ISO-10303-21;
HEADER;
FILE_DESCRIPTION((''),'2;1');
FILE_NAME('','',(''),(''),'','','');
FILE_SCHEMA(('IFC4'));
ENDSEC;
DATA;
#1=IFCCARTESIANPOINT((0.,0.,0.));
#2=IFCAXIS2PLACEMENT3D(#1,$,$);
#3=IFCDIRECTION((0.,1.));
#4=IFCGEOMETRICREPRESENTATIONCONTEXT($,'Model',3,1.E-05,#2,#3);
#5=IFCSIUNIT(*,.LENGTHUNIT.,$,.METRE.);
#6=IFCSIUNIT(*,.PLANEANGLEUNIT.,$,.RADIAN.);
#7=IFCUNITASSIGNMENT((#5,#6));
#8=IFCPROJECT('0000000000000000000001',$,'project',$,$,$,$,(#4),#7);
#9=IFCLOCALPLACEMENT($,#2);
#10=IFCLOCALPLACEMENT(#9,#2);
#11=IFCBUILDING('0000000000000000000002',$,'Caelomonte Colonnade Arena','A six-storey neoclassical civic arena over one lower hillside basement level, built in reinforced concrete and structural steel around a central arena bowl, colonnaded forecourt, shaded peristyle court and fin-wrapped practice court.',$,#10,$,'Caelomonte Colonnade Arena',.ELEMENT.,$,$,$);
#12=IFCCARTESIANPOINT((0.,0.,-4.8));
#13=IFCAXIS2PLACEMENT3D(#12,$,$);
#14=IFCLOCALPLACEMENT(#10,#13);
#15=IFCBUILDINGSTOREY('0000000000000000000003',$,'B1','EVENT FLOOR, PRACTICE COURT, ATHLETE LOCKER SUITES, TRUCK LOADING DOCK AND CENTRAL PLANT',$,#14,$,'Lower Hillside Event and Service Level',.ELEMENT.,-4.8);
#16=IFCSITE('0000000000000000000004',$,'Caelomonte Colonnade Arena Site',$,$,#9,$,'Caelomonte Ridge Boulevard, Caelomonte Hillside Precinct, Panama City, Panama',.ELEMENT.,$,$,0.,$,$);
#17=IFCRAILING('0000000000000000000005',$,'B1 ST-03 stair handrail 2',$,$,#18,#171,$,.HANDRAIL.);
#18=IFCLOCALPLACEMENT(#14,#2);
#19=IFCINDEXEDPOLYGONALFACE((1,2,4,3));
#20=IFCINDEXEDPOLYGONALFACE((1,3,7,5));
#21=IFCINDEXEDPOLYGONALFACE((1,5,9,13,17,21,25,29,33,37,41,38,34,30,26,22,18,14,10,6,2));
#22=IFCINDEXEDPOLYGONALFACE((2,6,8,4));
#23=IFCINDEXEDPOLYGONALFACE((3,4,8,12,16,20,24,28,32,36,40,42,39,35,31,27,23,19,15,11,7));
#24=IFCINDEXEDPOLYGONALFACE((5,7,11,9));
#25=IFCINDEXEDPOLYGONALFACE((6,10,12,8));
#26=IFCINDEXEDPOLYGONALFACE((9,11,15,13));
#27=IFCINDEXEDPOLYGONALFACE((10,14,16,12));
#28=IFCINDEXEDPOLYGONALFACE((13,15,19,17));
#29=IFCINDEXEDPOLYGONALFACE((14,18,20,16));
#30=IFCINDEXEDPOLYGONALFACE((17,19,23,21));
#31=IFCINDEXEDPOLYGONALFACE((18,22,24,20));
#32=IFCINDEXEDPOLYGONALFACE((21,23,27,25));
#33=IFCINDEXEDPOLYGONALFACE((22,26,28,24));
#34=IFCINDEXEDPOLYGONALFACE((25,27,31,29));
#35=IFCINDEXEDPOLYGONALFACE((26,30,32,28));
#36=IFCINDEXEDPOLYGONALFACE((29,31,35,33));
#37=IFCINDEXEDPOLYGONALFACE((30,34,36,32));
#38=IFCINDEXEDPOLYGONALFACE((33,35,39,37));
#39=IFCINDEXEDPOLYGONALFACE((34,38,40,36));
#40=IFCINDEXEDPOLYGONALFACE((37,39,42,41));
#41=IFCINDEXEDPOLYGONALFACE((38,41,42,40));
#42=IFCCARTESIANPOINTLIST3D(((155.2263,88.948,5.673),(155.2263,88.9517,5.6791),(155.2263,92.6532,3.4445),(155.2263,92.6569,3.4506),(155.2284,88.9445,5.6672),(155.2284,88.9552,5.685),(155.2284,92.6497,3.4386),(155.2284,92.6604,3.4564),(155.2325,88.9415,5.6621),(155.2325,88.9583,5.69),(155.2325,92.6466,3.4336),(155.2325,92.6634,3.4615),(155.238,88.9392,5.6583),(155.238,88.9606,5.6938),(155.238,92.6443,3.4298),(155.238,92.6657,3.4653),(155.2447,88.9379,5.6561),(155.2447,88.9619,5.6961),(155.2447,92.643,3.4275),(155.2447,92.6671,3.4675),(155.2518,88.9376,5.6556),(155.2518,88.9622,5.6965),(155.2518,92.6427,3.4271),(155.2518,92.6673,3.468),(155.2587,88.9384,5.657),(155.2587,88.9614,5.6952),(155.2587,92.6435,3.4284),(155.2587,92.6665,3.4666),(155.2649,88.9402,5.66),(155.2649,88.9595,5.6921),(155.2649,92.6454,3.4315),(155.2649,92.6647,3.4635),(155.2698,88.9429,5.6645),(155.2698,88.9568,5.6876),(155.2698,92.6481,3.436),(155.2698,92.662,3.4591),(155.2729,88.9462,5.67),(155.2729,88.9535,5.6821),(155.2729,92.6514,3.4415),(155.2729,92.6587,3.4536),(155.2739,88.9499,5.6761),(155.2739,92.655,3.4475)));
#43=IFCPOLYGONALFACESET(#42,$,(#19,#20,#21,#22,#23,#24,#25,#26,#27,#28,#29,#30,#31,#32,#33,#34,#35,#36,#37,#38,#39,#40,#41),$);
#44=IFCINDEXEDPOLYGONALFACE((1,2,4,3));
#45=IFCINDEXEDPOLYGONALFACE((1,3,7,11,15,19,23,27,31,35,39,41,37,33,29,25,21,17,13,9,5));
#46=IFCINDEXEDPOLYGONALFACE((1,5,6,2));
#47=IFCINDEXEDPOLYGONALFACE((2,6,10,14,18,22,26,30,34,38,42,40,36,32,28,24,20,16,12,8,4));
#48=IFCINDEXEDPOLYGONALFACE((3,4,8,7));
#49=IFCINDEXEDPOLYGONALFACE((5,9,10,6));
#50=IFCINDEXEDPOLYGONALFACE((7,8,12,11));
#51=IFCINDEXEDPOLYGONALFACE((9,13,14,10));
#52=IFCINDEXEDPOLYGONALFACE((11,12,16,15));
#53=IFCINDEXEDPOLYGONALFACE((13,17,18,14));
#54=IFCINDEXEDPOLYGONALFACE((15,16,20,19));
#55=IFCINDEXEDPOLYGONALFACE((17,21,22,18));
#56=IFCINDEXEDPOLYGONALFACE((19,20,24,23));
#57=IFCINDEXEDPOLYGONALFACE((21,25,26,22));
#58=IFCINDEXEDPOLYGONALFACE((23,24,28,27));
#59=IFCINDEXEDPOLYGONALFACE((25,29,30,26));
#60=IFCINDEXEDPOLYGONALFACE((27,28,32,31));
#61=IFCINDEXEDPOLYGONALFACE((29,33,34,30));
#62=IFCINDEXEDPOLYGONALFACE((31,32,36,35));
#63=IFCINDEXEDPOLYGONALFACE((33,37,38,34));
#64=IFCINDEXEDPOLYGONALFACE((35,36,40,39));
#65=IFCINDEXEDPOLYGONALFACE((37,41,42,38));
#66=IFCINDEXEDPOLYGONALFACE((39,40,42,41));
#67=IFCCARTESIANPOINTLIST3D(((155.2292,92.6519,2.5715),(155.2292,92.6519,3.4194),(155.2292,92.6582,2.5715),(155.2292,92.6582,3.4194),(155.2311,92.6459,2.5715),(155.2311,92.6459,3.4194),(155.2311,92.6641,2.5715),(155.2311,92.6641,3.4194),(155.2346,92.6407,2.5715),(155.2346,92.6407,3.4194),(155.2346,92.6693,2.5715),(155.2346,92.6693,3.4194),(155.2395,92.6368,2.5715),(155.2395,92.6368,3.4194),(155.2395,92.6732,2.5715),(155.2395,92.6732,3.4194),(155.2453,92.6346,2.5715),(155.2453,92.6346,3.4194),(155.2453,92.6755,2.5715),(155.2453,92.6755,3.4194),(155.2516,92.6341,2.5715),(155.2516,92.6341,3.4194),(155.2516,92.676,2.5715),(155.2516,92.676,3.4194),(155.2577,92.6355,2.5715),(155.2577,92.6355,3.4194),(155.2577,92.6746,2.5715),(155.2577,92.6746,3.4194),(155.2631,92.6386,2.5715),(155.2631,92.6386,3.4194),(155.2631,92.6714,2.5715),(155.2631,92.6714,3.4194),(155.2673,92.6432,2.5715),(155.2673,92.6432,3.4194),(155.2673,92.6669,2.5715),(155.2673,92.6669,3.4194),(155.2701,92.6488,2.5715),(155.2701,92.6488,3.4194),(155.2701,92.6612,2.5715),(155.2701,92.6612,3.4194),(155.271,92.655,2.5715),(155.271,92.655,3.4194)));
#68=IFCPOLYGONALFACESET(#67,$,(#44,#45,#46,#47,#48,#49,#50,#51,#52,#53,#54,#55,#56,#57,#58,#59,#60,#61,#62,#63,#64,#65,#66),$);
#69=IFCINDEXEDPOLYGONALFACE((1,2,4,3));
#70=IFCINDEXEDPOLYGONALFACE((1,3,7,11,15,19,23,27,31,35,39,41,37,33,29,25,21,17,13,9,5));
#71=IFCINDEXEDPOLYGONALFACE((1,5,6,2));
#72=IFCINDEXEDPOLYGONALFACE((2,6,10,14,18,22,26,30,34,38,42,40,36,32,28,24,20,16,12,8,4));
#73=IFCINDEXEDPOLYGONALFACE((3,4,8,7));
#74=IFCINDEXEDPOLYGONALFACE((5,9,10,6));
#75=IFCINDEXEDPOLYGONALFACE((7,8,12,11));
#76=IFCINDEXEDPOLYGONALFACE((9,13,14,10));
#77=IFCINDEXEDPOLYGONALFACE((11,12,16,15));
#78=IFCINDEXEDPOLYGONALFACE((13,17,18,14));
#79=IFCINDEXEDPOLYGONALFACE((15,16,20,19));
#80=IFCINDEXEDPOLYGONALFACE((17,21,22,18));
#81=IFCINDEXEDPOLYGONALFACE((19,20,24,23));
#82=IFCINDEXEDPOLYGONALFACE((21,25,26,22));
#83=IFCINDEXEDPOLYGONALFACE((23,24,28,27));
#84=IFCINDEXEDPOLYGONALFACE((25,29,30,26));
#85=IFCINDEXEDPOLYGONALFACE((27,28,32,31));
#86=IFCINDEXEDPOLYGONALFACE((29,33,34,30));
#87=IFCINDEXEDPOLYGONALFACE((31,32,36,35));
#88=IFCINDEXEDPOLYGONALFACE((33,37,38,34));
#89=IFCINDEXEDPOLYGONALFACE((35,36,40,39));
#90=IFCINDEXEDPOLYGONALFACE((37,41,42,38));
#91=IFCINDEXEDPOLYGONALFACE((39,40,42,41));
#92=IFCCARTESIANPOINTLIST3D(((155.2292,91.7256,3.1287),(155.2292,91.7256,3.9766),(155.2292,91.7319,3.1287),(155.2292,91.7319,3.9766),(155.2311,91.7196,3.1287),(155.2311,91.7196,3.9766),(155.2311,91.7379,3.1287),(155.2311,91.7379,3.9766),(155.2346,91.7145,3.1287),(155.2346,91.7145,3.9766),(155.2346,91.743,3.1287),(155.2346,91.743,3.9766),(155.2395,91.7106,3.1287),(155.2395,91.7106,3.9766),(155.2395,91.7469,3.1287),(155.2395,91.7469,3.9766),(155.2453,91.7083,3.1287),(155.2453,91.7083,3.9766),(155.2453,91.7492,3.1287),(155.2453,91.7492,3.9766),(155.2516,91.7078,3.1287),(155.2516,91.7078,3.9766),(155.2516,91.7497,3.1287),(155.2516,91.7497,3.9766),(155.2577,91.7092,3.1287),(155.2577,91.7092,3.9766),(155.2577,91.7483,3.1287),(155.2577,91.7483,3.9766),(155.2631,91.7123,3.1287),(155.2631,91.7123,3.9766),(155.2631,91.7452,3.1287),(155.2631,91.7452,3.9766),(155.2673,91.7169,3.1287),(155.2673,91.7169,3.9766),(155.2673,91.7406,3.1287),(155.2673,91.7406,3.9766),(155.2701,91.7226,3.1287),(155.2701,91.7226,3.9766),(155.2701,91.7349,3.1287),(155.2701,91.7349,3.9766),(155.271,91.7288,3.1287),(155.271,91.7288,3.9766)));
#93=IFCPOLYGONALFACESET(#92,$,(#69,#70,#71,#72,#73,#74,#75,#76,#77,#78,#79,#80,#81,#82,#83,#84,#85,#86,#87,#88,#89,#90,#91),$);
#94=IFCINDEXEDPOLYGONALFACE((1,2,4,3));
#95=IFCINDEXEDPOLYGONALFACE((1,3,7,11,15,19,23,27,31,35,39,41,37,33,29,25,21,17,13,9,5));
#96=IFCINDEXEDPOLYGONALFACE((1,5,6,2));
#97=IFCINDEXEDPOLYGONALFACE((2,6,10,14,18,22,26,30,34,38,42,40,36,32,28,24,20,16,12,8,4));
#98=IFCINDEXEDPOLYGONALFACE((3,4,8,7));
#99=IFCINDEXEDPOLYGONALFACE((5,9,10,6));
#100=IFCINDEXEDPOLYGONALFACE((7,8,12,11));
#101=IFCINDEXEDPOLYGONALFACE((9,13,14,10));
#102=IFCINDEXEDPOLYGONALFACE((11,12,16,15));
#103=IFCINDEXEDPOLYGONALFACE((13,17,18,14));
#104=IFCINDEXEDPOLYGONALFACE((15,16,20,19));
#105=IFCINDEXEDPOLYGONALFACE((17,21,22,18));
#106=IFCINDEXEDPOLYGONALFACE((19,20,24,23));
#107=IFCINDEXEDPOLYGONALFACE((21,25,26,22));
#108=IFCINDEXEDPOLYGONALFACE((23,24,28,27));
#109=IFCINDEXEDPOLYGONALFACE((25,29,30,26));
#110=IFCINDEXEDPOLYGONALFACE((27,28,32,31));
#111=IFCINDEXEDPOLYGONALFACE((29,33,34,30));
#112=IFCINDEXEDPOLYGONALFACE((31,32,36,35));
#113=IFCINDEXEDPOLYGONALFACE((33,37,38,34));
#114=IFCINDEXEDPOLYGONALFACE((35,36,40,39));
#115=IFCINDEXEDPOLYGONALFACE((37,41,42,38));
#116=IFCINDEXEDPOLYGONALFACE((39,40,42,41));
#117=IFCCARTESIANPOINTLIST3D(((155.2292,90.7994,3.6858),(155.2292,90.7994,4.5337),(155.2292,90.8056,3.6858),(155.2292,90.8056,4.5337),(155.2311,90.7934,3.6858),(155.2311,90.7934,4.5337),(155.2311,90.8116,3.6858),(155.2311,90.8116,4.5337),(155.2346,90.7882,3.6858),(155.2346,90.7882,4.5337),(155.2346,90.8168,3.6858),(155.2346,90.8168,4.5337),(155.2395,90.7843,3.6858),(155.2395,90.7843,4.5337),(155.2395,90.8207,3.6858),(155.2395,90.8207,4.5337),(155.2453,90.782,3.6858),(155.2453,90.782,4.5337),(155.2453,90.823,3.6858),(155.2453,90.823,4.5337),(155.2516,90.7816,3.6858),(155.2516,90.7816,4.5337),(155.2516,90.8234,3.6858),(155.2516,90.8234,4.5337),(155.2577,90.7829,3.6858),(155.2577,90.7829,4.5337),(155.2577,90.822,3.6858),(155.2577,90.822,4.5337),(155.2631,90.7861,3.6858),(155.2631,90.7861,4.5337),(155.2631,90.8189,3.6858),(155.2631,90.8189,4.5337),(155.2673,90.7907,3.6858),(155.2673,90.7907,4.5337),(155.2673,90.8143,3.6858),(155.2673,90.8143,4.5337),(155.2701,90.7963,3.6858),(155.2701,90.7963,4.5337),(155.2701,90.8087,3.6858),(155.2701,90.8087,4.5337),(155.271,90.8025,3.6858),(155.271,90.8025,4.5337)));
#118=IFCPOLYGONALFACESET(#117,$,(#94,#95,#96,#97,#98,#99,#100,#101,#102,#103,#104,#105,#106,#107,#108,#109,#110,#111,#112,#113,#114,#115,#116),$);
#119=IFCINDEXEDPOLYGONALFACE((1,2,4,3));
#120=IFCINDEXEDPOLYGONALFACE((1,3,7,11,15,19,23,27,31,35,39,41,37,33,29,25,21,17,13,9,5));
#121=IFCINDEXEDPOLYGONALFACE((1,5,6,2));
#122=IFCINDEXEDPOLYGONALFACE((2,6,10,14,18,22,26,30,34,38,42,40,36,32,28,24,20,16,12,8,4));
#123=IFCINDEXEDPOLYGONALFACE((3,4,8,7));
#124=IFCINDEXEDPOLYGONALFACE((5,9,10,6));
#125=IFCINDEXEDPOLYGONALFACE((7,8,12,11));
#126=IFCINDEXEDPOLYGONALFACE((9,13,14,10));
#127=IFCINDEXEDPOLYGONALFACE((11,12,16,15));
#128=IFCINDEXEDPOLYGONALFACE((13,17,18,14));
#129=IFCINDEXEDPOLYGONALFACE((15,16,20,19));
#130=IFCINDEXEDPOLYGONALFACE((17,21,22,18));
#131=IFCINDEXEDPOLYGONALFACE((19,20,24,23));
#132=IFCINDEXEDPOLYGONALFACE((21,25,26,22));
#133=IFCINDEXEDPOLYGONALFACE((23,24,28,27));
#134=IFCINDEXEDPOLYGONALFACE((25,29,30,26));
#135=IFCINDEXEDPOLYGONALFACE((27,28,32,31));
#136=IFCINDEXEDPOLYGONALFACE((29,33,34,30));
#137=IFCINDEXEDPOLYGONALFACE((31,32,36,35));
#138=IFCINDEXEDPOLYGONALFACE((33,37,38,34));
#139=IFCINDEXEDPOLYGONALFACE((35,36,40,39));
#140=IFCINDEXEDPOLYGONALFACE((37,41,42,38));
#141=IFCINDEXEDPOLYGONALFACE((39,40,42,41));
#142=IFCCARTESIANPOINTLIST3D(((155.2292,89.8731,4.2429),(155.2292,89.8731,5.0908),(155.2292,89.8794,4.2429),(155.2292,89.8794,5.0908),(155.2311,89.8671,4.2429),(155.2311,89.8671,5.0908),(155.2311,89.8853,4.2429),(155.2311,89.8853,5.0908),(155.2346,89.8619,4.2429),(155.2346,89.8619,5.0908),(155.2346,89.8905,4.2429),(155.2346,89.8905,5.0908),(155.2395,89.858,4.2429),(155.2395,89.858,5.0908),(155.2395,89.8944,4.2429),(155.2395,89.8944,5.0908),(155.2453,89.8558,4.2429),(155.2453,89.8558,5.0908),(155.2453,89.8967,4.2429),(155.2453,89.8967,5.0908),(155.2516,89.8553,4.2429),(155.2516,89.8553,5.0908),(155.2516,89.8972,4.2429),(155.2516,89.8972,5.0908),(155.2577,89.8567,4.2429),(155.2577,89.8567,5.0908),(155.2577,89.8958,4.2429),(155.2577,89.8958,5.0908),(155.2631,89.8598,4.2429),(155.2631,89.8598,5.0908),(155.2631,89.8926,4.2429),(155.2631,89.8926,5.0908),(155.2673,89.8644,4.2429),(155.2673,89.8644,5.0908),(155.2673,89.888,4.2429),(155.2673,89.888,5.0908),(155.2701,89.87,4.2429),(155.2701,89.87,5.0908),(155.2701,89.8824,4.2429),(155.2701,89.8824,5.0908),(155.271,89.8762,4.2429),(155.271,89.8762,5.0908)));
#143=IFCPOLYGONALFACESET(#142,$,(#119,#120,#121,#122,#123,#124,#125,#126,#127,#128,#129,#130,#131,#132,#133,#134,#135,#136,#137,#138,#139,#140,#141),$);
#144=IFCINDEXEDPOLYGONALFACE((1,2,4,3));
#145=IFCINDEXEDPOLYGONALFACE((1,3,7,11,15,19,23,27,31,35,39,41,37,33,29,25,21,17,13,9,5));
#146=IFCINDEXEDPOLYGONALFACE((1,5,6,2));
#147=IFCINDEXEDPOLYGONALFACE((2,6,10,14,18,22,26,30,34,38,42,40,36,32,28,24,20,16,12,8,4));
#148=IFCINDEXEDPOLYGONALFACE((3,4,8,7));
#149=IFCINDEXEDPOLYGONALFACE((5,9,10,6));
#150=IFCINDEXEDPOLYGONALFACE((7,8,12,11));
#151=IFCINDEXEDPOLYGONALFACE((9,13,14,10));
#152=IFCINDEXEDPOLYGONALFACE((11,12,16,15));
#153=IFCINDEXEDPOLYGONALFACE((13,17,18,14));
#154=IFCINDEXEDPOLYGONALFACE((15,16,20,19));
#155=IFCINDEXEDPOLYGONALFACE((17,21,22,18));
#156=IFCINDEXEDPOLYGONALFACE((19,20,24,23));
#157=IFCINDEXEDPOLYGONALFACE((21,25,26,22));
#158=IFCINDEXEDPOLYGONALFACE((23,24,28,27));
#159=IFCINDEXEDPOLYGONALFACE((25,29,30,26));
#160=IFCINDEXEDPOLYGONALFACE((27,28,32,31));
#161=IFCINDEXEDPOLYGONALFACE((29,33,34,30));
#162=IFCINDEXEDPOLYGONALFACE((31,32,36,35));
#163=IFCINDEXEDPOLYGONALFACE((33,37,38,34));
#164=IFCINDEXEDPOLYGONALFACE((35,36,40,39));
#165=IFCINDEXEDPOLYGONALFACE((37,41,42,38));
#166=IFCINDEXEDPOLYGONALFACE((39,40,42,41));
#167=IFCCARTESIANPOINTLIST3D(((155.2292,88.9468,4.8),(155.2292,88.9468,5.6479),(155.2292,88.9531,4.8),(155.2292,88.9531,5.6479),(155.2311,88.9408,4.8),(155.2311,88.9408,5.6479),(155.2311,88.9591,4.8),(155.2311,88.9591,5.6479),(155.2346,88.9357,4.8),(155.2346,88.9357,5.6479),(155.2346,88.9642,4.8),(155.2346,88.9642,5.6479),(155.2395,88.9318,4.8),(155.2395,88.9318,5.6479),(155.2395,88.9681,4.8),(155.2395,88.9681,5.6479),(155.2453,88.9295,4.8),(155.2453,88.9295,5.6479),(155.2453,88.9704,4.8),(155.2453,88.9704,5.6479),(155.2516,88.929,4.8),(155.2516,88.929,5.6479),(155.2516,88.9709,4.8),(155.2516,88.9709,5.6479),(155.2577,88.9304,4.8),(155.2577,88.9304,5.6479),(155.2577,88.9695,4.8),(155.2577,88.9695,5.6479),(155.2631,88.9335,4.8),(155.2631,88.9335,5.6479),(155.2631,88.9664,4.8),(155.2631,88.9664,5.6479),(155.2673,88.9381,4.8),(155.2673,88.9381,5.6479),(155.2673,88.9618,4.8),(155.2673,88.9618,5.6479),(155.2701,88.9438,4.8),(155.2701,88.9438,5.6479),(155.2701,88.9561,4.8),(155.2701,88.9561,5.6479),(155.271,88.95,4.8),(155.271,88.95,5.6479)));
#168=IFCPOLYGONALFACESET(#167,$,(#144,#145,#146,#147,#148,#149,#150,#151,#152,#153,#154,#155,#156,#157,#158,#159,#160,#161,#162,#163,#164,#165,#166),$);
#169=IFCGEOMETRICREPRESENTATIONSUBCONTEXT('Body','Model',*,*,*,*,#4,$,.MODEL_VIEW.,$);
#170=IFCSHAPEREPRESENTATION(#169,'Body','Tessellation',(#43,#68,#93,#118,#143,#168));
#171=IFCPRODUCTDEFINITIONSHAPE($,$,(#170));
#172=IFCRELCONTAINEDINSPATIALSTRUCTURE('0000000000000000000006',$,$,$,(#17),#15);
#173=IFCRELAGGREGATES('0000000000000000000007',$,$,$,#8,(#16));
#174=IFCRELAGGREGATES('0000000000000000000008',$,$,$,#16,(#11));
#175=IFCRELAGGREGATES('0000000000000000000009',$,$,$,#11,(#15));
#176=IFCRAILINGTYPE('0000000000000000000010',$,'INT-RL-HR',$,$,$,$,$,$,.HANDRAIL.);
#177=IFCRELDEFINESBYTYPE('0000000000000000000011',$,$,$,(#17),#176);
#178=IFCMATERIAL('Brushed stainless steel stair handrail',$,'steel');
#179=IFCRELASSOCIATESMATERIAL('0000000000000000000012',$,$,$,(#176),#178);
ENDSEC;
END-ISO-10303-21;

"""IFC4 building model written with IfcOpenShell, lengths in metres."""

from ifc_helpers import new_model, si_unit, direction, frame, origin, origin_2d, place, context, subcontext, project, spatial, circle, extrude, material, type_object, element, save


model = new_model("IFC4")

# Units and contexts
model_context = context("Model", 3, precision=1e-05, world=origin(), true_north=direction((0.0, 1.0)))
body_context = subcontext(model_context, "Body", "Model", "MODEL_VIEW")
ifc_project = project(units=[si_unit("LENGTHUNIT", "METRE"), si_unit("PLANEANGLEUNIT", "RADIAN")], contexts=[model_context])

# Site, building, storey
site_placement = place(None, origin())
site = spatial("IfcSite", under=ifc_project, at=site_placement, Name="Caelomonte Colonnade Arena Site", LongName="Caelomonte Ridge Boulevard, Caelomonte Hillside Precinct, Panama City, Panama", CompositionType="ELEMENT", RefElevation=0.0)
building_placement = place(site_placement, origin())
building = spatial("IfcBuilding", under=site, at=building_placement, Name="Caelomonte Colonnade Arena", Description="A six-storey neoclassical civic arena over one lower hillside basement level, built in reinforced concrete and structural steel around a central arena bowl, colonnaded forecourt, shaded peristyle court and fin-wrapped practice court.", LongName="Caelomonte Colonnade Arena", CompositionType="ELEMENT")
storey_placement = place(building_placement, frame((0.0, 0.0, -4.8)))
storey = spatial("IfcBuildingStorey", under=building, at=storey_placement, Name="B1", Description="EVENT FLOOR, PRACTICE COURT, ATHLETE LOCKER SUITES, TRUCK LOADING DOCK AND CENTRAL PLANT", LongName="Lower Hillside Event and Service Level", CompositionType="ELEMENT", Elevation=-4.8)

# Railing
ifc_material_1 = material(Name="Brushed stainless steel stair handrail", Category="steel")
railing_type_1 = type_object("IfcRailingType", Name="INT-RL-HR", PredefinedType="HANDRAIL", material=ifc_material_1)
railing_1_placement = place(storey_placement, frame((155.25, 92.655, 2.5715)))
element("IfcRailing", 1, at=railing_1_placement, inside=storey, type_object=railing_type_1, Name="B1 ST-03 stair handrail 2", PredefinedType="HANDRAIL", context=body_context, shape_type="SweptSolid", body=[
    extrude(circle(Radius=0.0239, at=origin_2d()), frame((0.0, 0.0, 0.876), z_axis=(0.0, -0.856934, 0.515425), x_axis=(1.0, 0.0, 0.0)), (0.0, 0.0, 1.0), 4.3237),
    extrude(circle(Radius=0.021, at=origin_2d()), origin(), (0.0, 0.0, 1.0), 0.8479),
    extrude(circle(Radius=0.021, at=origin_2d()), frame((0.0, -0.9263, 0.5571)), (0.0, 0.0, 1.0), 0.8479),
    extrude(circle(Radius=0.021, at=origin_2d()), frame((0.0, -1.8525, 1.1143)), (0.0, 0.0, 1.0), 0.8479),
    extrude(circle(Radius=0.021, at=origin_2d()), frame((0.0, -2.7788, 1.6714)), (0.0, 0.0, 1.0), 0.8479),
    extrude(circle(Radius=0.021, at=origin_2d()), frame((0.0, -3.7051, 2.2285)), (0.0, 0.0, 1.0), 0.8479),
])

save(model, "model.ifc")
